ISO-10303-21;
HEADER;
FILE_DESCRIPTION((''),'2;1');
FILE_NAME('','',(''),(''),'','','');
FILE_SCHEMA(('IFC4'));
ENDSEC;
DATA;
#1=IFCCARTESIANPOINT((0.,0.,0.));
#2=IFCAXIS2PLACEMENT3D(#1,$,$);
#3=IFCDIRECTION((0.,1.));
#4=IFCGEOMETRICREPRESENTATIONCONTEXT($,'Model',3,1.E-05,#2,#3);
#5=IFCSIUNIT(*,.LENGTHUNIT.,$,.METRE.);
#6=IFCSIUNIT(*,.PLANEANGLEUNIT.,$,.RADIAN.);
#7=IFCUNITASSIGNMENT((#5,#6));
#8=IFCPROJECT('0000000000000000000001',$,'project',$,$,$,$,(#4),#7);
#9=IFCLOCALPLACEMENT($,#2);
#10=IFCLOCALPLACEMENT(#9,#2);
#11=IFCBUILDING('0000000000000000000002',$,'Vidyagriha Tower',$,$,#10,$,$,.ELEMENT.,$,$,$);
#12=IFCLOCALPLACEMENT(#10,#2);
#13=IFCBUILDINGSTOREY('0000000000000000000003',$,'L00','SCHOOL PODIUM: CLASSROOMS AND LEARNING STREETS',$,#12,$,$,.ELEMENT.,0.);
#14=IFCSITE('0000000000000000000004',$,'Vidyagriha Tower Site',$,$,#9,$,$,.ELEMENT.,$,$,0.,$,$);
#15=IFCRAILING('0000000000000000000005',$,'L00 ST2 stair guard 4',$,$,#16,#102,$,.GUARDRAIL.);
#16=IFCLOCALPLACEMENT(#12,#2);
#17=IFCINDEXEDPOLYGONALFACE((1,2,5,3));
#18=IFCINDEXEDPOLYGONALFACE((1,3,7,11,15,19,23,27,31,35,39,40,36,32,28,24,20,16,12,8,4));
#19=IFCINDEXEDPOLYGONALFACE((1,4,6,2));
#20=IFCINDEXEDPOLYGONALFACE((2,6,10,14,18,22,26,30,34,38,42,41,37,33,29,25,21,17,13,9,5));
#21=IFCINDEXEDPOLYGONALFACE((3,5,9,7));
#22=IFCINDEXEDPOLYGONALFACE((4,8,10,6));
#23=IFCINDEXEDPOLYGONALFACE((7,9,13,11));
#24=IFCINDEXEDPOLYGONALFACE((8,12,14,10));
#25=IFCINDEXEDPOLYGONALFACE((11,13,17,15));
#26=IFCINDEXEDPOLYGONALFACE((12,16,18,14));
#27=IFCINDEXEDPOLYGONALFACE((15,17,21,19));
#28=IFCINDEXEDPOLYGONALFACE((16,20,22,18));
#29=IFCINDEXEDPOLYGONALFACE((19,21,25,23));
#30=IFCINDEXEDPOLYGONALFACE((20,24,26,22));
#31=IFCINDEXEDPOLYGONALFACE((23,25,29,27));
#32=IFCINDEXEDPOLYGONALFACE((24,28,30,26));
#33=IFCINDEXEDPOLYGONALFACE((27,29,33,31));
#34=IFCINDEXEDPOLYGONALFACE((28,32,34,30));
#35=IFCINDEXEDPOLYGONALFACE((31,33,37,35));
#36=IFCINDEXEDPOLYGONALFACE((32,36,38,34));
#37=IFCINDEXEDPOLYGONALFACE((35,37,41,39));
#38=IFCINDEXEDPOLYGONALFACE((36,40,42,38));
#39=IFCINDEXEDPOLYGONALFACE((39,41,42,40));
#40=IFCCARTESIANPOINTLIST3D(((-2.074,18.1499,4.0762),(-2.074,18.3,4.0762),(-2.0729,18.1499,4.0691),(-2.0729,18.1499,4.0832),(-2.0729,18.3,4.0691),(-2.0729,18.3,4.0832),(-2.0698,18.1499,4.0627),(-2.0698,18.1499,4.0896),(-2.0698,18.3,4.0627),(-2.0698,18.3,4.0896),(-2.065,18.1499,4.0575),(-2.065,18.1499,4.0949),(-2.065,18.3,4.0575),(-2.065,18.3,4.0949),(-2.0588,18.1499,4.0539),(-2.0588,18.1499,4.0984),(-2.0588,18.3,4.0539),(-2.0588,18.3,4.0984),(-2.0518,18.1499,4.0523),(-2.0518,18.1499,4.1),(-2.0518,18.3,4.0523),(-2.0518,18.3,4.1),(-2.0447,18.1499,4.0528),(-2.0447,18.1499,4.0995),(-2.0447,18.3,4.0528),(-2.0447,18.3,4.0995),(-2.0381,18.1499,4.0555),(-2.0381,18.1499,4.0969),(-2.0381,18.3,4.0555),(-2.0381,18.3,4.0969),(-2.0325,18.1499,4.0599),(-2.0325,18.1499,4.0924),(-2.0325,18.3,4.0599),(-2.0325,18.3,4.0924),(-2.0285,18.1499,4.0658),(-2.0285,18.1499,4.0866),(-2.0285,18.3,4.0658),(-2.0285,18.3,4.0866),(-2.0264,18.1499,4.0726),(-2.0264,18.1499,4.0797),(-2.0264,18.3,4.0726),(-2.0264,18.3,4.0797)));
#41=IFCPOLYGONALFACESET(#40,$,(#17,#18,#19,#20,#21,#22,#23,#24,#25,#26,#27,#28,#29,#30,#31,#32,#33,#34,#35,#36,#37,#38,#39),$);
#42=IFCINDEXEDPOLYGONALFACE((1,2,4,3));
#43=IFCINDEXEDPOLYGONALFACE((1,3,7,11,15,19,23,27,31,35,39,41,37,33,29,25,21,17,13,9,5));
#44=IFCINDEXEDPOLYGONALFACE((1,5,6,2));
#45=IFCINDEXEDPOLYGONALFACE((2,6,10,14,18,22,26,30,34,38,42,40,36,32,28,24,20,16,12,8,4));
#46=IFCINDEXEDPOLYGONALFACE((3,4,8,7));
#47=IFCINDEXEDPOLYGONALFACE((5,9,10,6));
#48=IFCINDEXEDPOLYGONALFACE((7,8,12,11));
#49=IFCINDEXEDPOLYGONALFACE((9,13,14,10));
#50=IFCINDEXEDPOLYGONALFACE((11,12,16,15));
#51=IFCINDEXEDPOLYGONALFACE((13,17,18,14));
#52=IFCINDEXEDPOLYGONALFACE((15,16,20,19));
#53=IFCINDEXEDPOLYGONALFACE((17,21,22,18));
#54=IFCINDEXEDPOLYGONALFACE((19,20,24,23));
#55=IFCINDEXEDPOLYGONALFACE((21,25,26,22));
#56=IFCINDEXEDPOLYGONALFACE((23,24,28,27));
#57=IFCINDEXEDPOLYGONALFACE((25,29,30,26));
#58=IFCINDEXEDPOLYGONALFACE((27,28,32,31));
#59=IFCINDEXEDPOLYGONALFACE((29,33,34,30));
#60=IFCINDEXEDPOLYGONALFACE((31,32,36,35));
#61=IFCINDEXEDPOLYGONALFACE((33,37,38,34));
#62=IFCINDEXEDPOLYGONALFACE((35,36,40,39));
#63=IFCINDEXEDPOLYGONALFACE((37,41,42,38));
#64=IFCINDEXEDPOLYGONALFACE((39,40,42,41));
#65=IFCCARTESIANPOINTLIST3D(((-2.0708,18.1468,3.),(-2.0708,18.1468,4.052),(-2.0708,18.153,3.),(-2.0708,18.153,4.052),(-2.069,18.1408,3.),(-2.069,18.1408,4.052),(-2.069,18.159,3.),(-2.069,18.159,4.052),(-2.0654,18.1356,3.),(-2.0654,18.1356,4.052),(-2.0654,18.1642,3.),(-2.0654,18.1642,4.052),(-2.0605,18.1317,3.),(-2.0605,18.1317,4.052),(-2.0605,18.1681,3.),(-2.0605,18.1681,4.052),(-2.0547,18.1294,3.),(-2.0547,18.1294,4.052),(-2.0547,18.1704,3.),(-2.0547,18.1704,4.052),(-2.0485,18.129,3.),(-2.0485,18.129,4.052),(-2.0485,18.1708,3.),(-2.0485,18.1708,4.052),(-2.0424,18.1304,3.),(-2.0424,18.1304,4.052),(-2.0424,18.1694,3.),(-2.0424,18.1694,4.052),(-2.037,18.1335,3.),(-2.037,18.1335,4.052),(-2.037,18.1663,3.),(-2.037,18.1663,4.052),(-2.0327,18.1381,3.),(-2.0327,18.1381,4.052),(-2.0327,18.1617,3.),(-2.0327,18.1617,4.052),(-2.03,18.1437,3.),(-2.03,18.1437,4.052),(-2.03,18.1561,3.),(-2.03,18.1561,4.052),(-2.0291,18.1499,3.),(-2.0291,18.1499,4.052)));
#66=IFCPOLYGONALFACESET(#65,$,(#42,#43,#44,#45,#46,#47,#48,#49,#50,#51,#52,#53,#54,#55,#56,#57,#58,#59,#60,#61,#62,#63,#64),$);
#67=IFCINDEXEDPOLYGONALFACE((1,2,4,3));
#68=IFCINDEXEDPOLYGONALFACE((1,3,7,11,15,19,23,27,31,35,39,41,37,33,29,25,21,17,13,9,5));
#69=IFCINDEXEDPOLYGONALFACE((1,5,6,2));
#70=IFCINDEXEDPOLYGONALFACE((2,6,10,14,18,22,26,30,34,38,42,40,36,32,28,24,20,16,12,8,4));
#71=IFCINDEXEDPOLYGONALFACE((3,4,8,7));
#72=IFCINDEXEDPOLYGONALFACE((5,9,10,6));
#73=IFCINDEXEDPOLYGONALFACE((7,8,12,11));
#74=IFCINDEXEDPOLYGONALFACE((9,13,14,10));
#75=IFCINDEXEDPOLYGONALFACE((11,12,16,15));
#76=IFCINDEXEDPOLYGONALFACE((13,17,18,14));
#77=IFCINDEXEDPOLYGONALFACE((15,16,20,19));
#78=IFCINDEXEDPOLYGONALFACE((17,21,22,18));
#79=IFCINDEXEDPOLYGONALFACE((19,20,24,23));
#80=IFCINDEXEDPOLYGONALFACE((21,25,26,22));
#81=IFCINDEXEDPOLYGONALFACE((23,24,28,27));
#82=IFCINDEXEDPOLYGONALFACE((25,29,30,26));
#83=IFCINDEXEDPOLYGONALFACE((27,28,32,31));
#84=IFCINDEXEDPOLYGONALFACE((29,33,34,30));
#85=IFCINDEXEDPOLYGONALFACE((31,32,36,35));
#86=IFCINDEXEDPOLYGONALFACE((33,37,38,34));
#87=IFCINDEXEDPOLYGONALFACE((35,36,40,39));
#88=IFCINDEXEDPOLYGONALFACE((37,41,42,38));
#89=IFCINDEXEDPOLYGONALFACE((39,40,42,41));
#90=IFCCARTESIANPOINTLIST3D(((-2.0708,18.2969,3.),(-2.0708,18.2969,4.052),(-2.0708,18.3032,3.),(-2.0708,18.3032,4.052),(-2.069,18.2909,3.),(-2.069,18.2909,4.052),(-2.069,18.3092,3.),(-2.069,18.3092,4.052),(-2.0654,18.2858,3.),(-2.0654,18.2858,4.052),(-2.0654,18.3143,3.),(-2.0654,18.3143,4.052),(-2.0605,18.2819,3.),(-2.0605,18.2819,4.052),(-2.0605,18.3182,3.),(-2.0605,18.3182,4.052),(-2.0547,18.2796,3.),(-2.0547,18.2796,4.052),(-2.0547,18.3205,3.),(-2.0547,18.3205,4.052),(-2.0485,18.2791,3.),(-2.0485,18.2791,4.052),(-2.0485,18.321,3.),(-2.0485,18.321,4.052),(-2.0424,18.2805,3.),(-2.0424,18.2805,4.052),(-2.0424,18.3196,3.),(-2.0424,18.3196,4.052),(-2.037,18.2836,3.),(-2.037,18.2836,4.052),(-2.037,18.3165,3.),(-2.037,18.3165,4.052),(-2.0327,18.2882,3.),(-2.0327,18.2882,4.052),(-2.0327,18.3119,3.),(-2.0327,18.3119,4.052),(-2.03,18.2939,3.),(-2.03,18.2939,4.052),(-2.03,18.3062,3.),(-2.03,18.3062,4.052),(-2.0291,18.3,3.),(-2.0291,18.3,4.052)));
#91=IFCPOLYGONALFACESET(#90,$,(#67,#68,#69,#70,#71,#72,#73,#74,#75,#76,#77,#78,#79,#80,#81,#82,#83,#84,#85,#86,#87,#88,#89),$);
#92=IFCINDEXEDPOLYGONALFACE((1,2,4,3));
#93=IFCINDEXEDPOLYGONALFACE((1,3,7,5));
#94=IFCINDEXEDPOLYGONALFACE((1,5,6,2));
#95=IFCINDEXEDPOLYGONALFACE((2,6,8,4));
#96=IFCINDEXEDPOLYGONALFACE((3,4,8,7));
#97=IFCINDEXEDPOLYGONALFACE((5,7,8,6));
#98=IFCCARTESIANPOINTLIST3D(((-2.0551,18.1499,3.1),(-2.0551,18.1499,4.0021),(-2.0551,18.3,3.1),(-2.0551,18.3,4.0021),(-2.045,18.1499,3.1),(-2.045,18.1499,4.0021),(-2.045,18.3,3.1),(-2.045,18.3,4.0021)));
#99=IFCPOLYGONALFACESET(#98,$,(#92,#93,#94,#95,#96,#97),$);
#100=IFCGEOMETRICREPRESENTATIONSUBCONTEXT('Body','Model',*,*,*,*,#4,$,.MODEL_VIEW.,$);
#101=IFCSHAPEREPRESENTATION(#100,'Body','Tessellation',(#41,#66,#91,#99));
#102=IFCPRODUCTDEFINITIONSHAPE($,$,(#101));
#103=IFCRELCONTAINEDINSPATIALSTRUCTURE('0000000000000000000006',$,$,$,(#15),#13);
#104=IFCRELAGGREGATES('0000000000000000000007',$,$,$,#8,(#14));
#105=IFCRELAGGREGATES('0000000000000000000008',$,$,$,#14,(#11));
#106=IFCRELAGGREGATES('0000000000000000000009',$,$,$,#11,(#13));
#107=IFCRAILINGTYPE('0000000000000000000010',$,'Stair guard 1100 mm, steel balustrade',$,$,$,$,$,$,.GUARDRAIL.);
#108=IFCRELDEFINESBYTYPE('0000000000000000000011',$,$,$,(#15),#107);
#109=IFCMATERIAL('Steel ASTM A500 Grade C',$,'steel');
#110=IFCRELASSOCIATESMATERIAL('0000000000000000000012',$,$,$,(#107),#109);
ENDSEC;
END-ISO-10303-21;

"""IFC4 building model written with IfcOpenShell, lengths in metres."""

from ifc_helpers import new_model, si_unit, direction, frame, origin, origin_2d, place, context, subcontext, project, spatial, rectangle, circle, extrude, material, type_object, element, save


model = new_model("IFC4")

# Units and contexts
model_context = context("Model", 3, precision=1e-05, world=origin(), true_north=direction((0.0, 1.0)))
body_context = subcontext(model_context, "Body", "Model", "MODEL_VIEW")
ifc_project = project(units=[si_unit("LENGTHUNIT", "METRE"), si_unit("PLANEANGLEUNIT", "RADIAN")], contexts=[model_context])

# Site, building, storey
site_placement = place(None, origin())
site = spatial("IfcSite", under=ifc_project, at=site_placement, Name="Vidyagriha Tower Site", CompositionType="ELEMENT", RefElevation=0.0)
building_placement = place(site_placement, origin())
building = spatial("IfcBuilding", under=site, at=building_placement, Name="Vidyagriha Tower", CompositionType="ELEMENT")
storey_placement = place(building_placement, origin())
storey = spatial("IfcBuildingStorey", under=building, at=storey_placement, Name="L00", Description="SCHOOL PODIUM: CLASSROOMS AND LEARNING STREETS", CompositionType="ELEMENT", Elevation=0.0)

# Railing
ifc_material_1 = material(Name="Steel ASTM A500 Grade C", Category="steel")
railing_type_1 = type_object("IfcRailingType", Name="Stair guard 1100 mm, steel balustrade", PredefinedType="GUARDRAIL", material=ifc_material_1)
railing_1_placement = place(storey_placement, frame((-2.05, 18.1499, 3.0)))
element("IfcRailing", 1, at=railing_1_placement, inside=storey, type_object=railing_type_1, Name="L00 ST2 stair guard 4", PredefinedType="GUARDRAIL", context=body_context, shape_type="SweptSolid", body=[
    extrude(circle(Radius=0.0239, at=origin_2d()), frame((0.0, 0.0, 1.0762), z_axis=(0.0, 1.0, 0.0), x_axis=(-1.0, 0.0, 0.0)), (0.0, 0.0, 1.0), 0.1501),
    extrude(circle(Radius=0.021, at=origin_2d()), origin(), (0.0, 0.0, 1.0), 1.052),
    extrude(circle(Radius=0.021, at=origin_2d()), frame((0.0, 0.1501, 0.0)), (0.0, 0.0, 1.0), 1.052),
    extrude(rectangle(XDim=0.01, YDim=0.9021, at=origin_2d()), frame((0.0, 0.0, 0.551), z_axis=(0.0, 1.0, 0.0), x_axis=(-1.0, 0.0, 0.0)), (0.0, 0.0, 1.0), 0.1501),
])

save(model, "model.ifc")
